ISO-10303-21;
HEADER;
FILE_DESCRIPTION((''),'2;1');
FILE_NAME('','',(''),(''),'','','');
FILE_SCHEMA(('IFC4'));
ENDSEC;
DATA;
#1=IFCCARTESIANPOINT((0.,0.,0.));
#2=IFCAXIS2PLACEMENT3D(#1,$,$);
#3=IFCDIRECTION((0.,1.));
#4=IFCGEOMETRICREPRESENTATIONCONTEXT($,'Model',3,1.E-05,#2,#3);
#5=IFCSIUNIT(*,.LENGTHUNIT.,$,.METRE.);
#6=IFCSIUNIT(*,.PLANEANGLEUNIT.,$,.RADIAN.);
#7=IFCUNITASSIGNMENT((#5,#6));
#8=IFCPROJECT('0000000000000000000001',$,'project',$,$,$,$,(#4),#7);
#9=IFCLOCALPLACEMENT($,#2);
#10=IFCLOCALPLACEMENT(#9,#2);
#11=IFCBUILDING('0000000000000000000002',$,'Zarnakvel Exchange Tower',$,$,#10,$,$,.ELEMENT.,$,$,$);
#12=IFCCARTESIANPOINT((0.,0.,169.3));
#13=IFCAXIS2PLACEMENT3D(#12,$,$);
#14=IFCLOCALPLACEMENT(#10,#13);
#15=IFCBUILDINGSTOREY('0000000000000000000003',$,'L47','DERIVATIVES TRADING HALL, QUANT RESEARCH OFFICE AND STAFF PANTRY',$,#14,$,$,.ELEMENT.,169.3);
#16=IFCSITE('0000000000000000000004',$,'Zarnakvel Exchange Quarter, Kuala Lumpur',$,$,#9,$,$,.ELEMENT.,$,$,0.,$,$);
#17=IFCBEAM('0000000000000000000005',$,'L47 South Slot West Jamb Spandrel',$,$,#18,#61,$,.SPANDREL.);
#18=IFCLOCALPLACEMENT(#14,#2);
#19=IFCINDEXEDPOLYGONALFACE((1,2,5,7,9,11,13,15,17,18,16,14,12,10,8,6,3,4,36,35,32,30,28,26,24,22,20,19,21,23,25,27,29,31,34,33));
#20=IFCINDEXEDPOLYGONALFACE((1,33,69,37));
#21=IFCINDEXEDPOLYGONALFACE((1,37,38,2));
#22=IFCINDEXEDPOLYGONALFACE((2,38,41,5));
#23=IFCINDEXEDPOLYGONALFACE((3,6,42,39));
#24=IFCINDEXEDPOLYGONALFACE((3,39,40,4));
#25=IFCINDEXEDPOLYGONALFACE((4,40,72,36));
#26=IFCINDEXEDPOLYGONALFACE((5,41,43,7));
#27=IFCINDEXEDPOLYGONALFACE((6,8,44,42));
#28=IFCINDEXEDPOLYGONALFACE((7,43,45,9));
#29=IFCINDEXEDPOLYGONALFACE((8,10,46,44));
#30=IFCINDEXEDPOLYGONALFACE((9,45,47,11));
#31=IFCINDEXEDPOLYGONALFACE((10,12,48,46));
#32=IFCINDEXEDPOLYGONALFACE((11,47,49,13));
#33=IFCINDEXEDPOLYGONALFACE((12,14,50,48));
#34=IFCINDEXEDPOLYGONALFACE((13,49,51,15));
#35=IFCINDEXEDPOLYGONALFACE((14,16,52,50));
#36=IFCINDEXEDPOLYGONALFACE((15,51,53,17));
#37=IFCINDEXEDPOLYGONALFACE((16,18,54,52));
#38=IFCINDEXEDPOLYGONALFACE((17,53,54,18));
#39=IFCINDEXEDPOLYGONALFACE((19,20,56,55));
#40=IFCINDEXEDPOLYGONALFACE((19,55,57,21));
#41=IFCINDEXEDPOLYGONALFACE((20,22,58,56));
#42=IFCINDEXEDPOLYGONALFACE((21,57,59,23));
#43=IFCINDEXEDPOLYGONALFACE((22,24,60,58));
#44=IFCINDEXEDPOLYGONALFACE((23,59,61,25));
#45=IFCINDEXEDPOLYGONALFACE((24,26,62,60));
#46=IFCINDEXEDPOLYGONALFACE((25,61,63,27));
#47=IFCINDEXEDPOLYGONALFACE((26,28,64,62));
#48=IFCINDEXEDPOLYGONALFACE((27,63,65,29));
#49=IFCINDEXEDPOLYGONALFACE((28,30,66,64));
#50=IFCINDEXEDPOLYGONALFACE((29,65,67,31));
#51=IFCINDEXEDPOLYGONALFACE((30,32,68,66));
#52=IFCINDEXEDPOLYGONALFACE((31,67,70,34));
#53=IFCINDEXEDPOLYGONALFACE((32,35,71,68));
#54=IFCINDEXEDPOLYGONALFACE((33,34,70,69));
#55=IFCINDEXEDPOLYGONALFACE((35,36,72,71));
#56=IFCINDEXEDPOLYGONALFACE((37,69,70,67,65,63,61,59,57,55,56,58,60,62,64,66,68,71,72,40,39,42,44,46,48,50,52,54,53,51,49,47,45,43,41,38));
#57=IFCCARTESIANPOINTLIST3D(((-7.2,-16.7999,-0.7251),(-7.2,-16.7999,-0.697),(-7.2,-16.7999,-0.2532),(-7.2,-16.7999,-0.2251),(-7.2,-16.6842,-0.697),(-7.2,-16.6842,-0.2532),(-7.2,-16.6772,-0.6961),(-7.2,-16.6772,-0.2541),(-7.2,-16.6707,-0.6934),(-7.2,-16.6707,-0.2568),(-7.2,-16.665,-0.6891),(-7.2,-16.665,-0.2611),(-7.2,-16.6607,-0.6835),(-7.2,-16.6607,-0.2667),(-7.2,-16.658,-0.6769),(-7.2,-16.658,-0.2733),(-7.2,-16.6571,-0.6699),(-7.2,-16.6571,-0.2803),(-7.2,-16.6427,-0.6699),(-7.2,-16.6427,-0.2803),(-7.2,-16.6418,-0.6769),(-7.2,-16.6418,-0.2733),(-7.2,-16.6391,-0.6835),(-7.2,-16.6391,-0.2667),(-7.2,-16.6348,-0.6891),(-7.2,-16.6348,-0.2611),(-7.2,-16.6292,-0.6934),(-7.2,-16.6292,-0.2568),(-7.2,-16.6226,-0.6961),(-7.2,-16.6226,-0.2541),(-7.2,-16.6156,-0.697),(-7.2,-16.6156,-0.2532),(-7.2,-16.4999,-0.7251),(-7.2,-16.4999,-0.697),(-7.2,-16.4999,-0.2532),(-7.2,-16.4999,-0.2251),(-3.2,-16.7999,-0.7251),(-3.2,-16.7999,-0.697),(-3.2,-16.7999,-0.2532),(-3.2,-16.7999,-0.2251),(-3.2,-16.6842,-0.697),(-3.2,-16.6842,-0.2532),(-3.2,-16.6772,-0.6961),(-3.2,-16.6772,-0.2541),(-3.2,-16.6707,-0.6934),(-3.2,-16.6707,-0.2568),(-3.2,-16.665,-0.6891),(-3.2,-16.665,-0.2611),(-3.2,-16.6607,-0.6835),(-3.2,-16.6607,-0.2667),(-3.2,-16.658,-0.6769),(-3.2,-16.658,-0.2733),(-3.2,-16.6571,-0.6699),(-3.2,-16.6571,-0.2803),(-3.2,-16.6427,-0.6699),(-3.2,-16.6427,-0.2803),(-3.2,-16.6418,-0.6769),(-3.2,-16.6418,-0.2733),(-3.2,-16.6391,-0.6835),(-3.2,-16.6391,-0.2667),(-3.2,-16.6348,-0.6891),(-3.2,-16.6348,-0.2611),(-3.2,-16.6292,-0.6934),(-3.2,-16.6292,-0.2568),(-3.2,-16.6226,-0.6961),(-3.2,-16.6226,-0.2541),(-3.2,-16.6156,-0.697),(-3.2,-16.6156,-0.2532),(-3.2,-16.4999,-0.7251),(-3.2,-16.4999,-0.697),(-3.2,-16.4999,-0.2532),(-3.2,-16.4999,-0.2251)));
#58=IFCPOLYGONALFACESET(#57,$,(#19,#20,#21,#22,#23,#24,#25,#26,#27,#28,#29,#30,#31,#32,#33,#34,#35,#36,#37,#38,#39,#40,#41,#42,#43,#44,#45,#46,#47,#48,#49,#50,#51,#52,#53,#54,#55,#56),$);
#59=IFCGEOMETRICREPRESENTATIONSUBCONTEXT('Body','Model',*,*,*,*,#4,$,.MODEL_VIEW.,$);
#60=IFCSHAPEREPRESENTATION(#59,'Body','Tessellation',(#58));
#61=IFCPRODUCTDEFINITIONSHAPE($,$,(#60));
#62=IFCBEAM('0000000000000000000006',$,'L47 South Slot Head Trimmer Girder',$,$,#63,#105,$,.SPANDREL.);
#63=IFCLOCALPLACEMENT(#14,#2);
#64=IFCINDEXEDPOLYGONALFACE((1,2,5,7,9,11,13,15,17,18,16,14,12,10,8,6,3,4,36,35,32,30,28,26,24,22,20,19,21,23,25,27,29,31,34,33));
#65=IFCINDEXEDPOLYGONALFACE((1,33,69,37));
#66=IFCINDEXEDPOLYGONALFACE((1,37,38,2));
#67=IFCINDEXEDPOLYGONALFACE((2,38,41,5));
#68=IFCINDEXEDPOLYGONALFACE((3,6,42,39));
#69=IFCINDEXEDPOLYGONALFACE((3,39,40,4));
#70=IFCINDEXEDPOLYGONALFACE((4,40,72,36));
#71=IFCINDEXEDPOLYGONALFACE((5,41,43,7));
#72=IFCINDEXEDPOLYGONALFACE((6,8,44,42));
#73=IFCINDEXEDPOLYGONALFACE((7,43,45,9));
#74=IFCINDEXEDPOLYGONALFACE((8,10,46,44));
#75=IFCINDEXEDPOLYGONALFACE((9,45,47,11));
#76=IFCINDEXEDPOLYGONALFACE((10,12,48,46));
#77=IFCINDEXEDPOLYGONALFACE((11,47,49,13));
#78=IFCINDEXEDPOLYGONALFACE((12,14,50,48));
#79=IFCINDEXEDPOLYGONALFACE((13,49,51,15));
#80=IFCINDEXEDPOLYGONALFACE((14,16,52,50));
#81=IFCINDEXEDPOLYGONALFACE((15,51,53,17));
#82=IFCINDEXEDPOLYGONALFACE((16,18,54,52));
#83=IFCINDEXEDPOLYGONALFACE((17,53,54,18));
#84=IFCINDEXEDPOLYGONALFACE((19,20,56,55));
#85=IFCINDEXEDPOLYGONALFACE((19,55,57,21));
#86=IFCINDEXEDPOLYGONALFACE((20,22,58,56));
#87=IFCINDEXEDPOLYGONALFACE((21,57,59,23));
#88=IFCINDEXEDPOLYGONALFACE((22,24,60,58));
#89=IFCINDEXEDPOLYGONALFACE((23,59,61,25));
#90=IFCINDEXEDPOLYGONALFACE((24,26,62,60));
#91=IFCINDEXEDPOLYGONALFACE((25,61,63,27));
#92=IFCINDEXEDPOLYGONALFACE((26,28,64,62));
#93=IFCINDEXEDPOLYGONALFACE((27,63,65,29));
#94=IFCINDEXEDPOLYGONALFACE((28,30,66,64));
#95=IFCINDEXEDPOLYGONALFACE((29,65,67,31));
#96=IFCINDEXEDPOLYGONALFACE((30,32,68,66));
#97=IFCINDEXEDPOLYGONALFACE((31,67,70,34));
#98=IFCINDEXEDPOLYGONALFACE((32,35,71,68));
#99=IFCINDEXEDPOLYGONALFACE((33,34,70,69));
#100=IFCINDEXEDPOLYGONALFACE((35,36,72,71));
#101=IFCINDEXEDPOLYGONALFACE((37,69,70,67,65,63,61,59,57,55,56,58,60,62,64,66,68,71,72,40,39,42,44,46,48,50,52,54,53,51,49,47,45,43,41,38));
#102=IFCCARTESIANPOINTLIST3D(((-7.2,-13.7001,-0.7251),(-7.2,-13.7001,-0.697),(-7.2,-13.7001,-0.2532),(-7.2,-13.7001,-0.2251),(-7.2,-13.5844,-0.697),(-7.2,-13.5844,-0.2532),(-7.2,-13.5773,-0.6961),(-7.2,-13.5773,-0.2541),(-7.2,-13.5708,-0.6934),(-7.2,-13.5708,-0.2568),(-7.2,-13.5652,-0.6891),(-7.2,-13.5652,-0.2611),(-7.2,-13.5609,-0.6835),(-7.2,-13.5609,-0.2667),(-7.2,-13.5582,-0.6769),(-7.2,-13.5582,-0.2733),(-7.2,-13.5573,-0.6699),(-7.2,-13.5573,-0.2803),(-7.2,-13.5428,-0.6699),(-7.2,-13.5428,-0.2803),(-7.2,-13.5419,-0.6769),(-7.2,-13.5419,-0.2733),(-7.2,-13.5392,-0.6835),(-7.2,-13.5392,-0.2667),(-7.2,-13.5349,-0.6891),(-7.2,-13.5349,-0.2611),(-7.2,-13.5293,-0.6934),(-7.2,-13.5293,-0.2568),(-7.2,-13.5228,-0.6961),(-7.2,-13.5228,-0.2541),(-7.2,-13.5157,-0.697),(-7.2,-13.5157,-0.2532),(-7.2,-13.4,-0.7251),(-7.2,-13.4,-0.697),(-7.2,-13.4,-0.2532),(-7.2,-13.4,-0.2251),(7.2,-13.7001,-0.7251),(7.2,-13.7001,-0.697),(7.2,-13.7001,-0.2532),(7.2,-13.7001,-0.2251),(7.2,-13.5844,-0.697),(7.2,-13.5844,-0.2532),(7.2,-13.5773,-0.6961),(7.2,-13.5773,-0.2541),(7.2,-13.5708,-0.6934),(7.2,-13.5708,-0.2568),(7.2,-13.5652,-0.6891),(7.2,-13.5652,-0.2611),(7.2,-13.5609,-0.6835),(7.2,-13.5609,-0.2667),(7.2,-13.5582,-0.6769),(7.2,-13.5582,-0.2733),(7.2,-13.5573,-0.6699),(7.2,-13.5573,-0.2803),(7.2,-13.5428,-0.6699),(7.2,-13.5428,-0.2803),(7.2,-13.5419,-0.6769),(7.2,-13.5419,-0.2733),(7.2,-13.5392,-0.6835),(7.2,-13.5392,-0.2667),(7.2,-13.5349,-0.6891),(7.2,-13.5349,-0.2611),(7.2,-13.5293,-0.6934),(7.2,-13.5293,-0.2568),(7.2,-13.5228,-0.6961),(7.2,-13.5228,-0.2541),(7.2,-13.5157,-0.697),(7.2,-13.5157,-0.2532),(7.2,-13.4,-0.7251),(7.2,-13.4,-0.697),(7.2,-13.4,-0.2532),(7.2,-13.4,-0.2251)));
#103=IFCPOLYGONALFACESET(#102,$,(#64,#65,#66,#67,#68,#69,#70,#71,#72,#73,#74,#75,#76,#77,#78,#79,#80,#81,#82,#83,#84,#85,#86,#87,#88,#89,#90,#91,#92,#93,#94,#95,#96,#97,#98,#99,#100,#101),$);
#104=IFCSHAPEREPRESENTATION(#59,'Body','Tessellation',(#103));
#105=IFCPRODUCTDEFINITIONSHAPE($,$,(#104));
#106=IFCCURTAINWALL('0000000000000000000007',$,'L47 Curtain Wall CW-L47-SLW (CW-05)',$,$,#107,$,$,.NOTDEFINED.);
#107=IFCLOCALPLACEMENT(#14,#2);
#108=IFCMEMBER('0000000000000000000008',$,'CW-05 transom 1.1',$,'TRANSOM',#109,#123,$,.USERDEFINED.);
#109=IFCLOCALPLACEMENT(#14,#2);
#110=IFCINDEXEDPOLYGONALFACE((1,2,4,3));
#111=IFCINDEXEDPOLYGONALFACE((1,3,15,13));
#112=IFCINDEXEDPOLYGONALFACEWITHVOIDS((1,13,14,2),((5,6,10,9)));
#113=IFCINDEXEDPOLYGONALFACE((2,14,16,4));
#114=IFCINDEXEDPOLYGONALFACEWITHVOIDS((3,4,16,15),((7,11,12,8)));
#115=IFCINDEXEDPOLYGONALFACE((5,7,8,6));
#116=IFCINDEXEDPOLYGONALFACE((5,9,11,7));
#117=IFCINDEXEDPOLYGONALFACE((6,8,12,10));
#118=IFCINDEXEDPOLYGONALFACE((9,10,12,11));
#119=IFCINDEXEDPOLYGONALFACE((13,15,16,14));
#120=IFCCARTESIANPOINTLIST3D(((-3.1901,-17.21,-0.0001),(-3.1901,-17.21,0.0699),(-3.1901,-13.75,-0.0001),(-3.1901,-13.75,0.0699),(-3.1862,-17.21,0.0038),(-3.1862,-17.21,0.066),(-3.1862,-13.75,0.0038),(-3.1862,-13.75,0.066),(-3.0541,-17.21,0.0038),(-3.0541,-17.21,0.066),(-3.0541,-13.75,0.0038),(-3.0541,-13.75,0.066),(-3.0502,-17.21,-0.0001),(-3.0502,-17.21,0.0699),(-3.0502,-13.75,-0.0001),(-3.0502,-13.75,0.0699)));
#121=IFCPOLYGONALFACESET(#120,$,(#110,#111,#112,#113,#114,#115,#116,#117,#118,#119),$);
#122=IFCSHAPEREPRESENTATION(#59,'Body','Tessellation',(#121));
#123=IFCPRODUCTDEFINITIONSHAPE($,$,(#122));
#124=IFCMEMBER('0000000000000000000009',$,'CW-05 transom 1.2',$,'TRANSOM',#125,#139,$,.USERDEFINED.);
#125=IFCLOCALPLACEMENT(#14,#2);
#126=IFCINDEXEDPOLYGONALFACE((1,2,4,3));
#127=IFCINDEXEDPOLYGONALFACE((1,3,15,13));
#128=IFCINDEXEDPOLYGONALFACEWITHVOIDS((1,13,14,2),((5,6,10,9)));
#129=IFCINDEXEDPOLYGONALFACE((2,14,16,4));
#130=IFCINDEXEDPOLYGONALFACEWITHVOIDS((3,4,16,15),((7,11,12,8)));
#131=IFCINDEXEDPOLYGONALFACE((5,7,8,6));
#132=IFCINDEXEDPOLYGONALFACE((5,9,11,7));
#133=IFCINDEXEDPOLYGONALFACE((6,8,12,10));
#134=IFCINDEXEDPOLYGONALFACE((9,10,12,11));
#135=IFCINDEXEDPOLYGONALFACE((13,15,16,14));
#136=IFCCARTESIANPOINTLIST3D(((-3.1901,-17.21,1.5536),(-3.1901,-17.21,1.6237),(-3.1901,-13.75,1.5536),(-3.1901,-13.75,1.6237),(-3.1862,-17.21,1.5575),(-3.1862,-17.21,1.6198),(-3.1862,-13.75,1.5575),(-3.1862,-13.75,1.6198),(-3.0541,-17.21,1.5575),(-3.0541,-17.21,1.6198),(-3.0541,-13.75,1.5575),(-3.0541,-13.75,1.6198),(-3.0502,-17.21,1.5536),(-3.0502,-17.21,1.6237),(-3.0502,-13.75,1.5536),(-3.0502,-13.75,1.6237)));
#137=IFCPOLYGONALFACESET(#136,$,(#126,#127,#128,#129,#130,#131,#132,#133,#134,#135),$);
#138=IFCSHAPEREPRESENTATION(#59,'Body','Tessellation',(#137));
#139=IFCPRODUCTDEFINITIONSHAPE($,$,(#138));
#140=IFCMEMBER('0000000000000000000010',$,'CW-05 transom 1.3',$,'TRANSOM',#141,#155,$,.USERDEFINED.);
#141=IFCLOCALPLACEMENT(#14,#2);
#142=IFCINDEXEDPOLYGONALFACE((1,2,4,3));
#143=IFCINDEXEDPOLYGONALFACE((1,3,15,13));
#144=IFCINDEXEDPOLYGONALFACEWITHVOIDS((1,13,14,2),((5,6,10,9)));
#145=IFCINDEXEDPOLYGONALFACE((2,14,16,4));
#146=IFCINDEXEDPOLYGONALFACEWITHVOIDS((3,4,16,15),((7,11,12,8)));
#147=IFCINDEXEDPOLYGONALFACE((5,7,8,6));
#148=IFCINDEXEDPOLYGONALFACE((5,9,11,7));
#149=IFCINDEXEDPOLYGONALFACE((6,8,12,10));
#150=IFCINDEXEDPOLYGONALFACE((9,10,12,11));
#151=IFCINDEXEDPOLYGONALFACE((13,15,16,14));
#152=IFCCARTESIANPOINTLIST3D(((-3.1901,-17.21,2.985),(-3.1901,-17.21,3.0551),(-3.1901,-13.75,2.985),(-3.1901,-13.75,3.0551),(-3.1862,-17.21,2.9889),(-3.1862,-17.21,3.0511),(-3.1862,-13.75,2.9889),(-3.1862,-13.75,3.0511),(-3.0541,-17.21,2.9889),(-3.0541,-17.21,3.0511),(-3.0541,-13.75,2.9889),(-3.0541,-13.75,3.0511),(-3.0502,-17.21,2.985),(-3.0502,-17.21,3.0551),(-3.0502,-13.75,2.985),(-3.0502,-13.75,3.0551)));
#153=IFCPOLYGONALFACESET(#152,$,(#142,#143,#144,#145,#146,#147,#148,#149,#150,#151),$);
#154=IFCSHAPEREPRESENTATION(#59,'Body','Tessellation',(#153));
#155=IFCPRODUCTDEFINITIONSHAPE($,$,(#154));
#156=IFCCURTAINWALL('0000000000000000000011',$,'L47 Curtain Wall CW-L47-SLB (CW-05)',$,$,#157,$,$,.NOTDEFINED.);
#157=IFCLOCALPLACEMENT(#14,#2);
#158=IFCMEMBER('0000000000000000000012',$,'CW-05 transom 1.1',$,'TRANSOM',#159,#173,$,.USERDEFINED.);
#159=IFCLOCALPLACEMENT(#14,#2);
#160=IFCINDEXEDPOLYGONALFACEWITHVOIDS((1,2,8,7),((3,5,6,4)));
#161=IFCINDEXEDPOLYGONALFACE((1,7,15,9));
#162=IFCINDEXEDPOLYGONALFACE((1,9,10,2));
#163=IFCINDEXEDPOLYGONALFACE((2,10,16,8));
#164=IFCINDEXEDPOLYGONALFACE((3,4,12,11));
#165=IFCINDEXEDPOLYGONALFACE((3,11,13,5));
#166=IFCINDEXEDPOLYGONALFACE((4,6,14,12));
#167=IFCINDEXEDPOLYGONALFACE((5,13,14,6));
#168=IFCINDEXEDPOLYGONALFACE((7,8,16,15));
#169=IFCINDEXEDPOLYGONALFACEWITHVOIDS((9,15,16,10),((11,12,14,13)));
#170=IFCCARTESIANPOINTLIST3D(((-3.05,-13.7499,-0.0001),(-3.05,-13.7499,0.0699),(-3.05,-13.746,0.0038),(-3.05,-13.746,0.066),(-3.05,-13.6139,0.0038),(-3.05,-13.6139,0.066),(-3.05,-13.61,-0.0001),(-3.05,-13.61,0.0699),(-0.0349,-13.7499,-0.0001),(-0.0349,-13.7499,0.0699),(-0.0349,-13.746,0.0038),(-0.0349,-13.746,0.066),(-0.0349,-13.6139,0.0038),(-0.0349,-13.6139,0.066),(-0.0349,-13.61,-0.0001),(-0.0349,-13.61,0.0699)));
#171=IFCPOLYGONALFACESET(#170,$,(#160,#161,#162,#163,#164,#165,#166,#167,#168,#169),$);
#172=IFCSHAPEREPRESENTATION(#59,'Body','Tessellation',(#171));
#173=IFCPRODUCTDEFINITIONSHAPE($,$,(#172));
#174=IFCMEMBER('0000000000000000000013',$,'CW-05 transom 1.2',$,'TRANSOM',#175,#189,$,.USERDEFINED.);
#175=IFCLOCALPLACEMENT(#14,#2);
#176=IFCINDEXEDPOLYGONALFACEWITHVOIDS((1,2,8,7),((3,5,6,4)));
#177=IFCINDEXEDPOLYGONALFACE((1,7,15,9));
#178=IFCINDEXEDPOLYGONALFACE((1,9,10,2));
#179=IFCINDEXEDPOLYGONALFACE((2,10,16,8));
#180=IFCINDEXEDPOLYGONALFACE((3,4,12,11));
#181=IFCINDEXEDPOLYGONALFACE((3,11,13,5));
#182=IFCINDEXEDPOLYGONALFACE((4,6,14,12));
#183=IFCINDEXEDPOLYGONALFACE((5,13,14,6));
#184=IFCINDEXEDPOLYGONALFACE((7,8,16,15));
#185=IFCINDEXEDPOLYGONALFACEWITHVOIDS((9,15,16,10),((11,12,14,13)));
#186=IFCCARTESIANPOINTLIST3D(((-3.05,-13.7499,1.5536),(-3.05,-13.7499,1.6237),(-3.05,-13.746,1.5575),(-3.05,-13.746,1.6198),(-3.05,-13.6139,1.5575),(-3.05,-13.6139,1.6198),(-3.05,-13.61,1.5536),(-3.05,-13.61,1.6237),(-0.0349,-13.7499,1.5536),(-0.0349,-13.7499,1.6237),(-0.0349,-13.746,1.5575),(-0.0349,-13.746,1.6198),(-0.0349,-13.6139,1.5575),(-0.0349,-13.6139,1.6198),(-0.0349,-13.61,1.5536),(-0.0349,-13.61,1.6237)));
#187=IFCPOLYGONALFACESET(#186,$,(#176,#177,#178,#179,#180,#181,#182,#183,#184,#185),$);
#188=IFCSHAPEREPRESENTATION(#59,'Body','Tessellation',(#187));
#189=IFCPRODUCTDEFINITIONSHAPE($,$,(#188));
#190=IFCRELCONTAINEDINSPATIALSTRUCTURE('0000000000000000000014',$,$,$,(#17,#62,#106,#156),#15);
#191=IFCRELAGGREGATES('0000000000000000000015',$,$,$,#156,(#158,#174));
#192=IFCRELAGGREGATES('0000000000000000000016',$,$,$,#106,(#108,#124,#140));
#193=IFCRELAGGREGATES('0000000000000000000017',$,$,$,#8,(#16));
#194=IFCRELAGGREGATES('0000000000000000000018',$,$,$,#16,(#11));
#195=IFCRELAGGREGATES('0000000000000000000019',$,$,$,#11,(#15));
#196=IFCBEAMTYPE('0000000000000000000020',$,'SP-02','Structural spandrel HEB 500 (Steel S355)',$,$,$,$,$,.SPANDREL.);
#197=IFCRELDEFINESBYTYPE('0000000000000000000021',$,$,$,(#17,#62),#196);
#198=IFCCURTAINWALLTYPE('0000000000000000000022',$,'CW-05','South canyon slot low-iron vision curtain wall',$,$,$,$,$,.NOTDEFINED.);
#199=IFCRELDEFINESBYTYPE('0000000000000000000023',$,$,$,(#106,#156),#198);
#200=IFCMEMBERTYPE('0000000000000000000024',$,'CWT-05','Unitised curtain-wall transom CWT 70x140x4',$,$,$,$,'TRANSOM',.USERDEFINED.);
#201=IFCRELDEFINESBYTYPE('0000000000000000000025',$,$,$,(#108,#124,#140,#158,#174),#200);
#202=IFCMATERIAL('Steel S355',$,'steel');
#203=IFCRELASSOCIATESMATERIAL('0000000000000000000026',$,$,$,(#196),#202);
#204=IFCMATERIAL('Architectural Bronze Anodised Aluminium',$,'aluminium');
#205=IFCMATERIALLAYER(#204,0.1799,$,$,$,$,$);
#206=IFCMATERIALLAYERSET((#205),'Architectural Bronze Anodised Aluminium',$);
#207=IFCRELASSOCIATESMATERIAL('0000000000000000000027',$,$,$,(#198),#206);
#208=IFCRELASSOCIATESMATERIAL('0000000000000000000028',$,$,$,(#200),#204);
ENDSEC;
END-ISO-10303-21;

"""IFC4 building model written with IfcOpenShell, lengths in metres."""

from ifc_helpers import new_model, si_unit, direction, frame, origin, origin_2d, place, context, subcontext, project, spatial, hollow_rectangle, i_section, extrude, source, transform, mapped, material, layer, layer_set, material_profile, profile_set, type_object, element, aggregate, save


model = new_model("IFC4")

# Units and contexts
model_context = context("Model", 3, precision=1e-05, world=origin(), true_north=direction((0.0, 1.0)))
body_context = subcontext(model_context, "Body", "Model", "MODEL_VIEW")
ifc_project = project(units=[si_unit("LENGTHUNIT", "METRE"), si_unit("PLANEANGLEUNIT", "RADIAN")], contexts=[model_context])

# Site, building, storey
site_placement = place(None, origin())
site = spatial("IfcSite", under=ifc_project, at=site_placement, Name="Zarnakvel Exchange Quarter, Kuala Lumpur", CompositionType="ELEMENT", RefElevation=0.0)
building_placement = place(site_placement, origin())
building = spatial("IfcBuilding", under=site, at=building_placement, Name="Zarnakvel Exchange Tower", CompositionType="ELEMENT")
storey_placement = place(building_placement, frame((0.0, 0.0, 169.3)))
storey = spatial("IfcBuildingStorey", under=building, at=storey_placement, Name="L47", Description="DERIVATIVES TRADING HALL, QUANT RESEARCH OFFICE AND STAFF PANTRY", CompositionType="ELEMENT", Elevation=169.3)

# Beams
ifc_material_1 = material(Name="Steel S355", Category="steel")
ifc_material_profile_1 = material_profile(ifc_material_1, i_section(OverallWidth=0.3, OverallDepth=0.5, WebThickness=0.0144, FlangeThickness=0.0281, FilletRadius=0.0271, at=origin_2d()))
ifc_profile_set_1 = profile_set([ifc_material_profile_1], Name="Steel S355")
beam_type_1 = type_object("IfcBeamType", Name="SP-02", Description="Structural spandrel HEB 500 (Steel S355)", PredefinedType="SPANDREL", material=ifc_profile_set_1)
beam_1_placement = place(storey_placement, frame((-7.2, -16.6499, -0.4751), z_axis=(1.0, 0.0, 0.0), x_axis=(0.0, 1.0, 0.0)))
element("IfcBeam", 1, at=beam_1_placement, inside=storey, type_object=beam_type_1, Name="L47 South Slot West Jamb Spandrel", PredefinedType="SPANDREL", context=body_context, shape_type="SweptSolid", body=[
    extrude(i_section(OverallWidth=0.3, OverallDepth=0.5, WebThickness=0.0144, FlangeThickness=0.0281, FilletRadius=0.0271, at=origin_2d()), origin(), (0.0, 0.0, 1.0), 4.0),
])
beam_2_placement = place(storey_placement, frame((-7.2, -13.55, -0.4751), z_axis=(1.0, 0.0, 0.0), x_axis=(0.0, 1.0, 0.0)))
element("IfcBeam", 2, at=beam_2_placement, inside=storey, type_object=beam_type_1, Name="L47 South Slot Head Trimmer Girder", PredefinedType="SPANDREL", context=body_context, shape_type="SweptSolid", body=[
    extrude(i_section(OverallWidth=0.3, OverallDepth=0.5, WebThickness=0.0144, FlangeThickness=0.0281, FilletRadius=0.0271, at=origin_2d()), origin(), (0.0, 0.0, 1.0), 14.3999),
])

# Curtain walls, members
ifc_material_2 = material(Name="Architectural Bronze Anodised Aluminium", Category="aluminium")
ifc_layer_1 = layer(ifc_material_2, 0.1799)
ifc_layer_set_1 = layer_set([ifc_layer_1], Name="Architectural Bronze Anodised Aluminium")
curtain_wall_type = type_object("IfcCurtainWallType", Name="CW-05", Description="South canyon slot low-iron vision curtain wall", PredefinedType="NOTDEFINED", material=ifc_layer_set_1)
curtain_wall_1_placement = place(storey_placement, origin())
curtain_wall_1 = element("IfcCurtainWall", 3, at=curtain_wall_1_placement, inside=storey, type_object=curtain_wall_type, Name="L47 Curtain Wall CW-L47-SLW (CW-05)", PredefinedType="NOTDEFINED")
ifc_material_profile_2 = material_profile(ifc_material_2, hollow_rectangle(XDim=0.1399, YDim=0.0701, WallThickness=0.0039, at=origin_2d()))
ifc_profile_set_2 = profile_set([ifc_material_profile_2], Name="Architectural Bronze Anodised Aluminium")
member_type_1 = type_object("IfcMemberType", Name="CWT-05", Description="Unitised curtain-wall transom CWT 70x140x4", ElementType="TRANSOM", PredefinedType="USERDEFINED", material=ifc_profile_set_2)
shared_shape_1 = source(origin(), body_context, "Body", "SweptSolid", [
    extrude(hollow_rectangle(XDim=0.1399, YDim=0.0701, WallThickness=0.0039, at=origin_2d()), origin(), (0.0, 0.0, 1.0), 3.46),
])
member_1_placement = place(storey_placement, frame((-3.1201, -17.21, 0.0349), z_axis=(0.0, 1.0, 0.0), x_axis=(-1.0, 0.0, 0.0)))
member_1 = element("IfcMember", 4, at=member_1_placement, type_object=member_type_1, Name="CW-05 transom 1.1", ObjectType="TRANSOM", PredefinedType="USERDEFINED", context=body_context, shape_type="MappedRepresentation", body=[
    mapped(shared_shape_1, transform((0.0, 0.0, 0.0), x_axis=(1.0, 0.0, 0.0), y_axis=(0.0, 1.0, 0.0), z_axis=(0.0, 0.0, 1.0), scale=1.0)),
])
member_2_placement = place(storey_placement, frame((-3.1201, -17.21, 1.5886), z_axis=(0.0, 1.0, 0.0), x_axis=(-1.0, 0.0, 0.0)))
member_2 = element("IfcMember", 5, at=member_2_placement, type_object=member_type_1, Name="CW-05 transom 1.2", ObjectType="TRANSOM", PredefinedType="USERDEFINED", context=body_context, shape_type="MappedRepresentation", body=[
    mapped(shared_shape_1, transform((0.0, 0.0, 0.0), x_axis=(1.0, 0.0, 0.0), y_axis=(0.0, 1.0, 0.0), z_axis=(0.0, 0.0, 1.0), scale=1.0)),
])
member_3_placement = place(storey_placement, frame((-3.1201, -17.21, 3.02), z_axis=(0.0, 1.0, 0.0), x_axis=(-1.0, 0.0, 0.0)))
member_3 = element("IfcMember", 6, at=member_3_placement, type_object=member_type_1, Name="CW-05 transom 1.3", ObjectType="TRANSOM", PredefinedType="USERDEFINED", context=body_context, shape_type="MappedRepresentation", body=[
    mapped(shared_shape_1, transform((0.0, 0.0, 0.0), x_axis=(1.0, 0.0, 0.0), y_axis=(0.0, 1.0, 0.0), z_axis=(0.0, 0.0, 1.0), scale=1.0)),
])
curtain_wall_2_placement = place(storey_placement, origin())
curtain_wall_2 = element("IfcCurtainWall", 7, at=curtain_wall_2_placement, inside=storey, type_object=curtain_wall_type, Name="L47 Curtain Wall CW-L47-SLB (CW-05)", PredefinedType="NOTDEFINED")
shared_shape_2 = source(origin(), body_context, "Body", "SweptSolid", [
    extrude(hollow_rectangle(XDim=0.1399, YDim=0.0701, WallThickness=0.0039, at=origin_2d()), origin(), (0.0, 0.0, 1.0), 3.0151),
])
member_4_placement = place(storey_placement, frame((-3.05, -13.6799, 0.0349), z_axis=(1.0, 0.0, 0.0), x_axis=(0.0, 1.0, 0.0)))
member_4 = element("IfcMember", 8, at=member_4_placement, type_object=member_type_1, Name="CW-05 transom 1.1", ObjectType="TRANSOM", PredefinedType="USERDEFINED", context=body_context, shape_type="MappedRepresentation", body=[
    mapped(shared_shape_2, transform((0.0, 0.0, 0.0), x_axis=(1.0, 0.0, 0.0), y_axis=(0.0, 1.0, 0.0), z_axis=(0.0, 0.0, 1.0), scale=1.0)),
])
member_5_placement = place(storey_placement, frame((-3.05, -13.6799, 1.5886), z_axis=(1.0, 0.0, 0.0), x_axis=(0.0, 1.0, 0.0)))
member_5 = element("IfcMember", 9, at=member_5_placement, type_object=member_type_1, Name="CW-05 transom 1.2", ObjectType="TRANSOM", PredefinedType="USERDEFINED", context=body_context, shape_type="MappedRepresentation", body=[
    mapped(shared_shape_2, transform((0.0, 0.0, 0.0), x_axis=(1.0, 0.0, 0.0), y_axis=(0.0, 1.0, 0.0), z_axis=(0.0, 0.0, 1.0), scale=1.0)),
])

aggregate(curtain_wall_2, [member_4, member_5])

aggregate(curtain_wall_1, [member_1, member_2, member_3])

save(model, "model.ifc")
